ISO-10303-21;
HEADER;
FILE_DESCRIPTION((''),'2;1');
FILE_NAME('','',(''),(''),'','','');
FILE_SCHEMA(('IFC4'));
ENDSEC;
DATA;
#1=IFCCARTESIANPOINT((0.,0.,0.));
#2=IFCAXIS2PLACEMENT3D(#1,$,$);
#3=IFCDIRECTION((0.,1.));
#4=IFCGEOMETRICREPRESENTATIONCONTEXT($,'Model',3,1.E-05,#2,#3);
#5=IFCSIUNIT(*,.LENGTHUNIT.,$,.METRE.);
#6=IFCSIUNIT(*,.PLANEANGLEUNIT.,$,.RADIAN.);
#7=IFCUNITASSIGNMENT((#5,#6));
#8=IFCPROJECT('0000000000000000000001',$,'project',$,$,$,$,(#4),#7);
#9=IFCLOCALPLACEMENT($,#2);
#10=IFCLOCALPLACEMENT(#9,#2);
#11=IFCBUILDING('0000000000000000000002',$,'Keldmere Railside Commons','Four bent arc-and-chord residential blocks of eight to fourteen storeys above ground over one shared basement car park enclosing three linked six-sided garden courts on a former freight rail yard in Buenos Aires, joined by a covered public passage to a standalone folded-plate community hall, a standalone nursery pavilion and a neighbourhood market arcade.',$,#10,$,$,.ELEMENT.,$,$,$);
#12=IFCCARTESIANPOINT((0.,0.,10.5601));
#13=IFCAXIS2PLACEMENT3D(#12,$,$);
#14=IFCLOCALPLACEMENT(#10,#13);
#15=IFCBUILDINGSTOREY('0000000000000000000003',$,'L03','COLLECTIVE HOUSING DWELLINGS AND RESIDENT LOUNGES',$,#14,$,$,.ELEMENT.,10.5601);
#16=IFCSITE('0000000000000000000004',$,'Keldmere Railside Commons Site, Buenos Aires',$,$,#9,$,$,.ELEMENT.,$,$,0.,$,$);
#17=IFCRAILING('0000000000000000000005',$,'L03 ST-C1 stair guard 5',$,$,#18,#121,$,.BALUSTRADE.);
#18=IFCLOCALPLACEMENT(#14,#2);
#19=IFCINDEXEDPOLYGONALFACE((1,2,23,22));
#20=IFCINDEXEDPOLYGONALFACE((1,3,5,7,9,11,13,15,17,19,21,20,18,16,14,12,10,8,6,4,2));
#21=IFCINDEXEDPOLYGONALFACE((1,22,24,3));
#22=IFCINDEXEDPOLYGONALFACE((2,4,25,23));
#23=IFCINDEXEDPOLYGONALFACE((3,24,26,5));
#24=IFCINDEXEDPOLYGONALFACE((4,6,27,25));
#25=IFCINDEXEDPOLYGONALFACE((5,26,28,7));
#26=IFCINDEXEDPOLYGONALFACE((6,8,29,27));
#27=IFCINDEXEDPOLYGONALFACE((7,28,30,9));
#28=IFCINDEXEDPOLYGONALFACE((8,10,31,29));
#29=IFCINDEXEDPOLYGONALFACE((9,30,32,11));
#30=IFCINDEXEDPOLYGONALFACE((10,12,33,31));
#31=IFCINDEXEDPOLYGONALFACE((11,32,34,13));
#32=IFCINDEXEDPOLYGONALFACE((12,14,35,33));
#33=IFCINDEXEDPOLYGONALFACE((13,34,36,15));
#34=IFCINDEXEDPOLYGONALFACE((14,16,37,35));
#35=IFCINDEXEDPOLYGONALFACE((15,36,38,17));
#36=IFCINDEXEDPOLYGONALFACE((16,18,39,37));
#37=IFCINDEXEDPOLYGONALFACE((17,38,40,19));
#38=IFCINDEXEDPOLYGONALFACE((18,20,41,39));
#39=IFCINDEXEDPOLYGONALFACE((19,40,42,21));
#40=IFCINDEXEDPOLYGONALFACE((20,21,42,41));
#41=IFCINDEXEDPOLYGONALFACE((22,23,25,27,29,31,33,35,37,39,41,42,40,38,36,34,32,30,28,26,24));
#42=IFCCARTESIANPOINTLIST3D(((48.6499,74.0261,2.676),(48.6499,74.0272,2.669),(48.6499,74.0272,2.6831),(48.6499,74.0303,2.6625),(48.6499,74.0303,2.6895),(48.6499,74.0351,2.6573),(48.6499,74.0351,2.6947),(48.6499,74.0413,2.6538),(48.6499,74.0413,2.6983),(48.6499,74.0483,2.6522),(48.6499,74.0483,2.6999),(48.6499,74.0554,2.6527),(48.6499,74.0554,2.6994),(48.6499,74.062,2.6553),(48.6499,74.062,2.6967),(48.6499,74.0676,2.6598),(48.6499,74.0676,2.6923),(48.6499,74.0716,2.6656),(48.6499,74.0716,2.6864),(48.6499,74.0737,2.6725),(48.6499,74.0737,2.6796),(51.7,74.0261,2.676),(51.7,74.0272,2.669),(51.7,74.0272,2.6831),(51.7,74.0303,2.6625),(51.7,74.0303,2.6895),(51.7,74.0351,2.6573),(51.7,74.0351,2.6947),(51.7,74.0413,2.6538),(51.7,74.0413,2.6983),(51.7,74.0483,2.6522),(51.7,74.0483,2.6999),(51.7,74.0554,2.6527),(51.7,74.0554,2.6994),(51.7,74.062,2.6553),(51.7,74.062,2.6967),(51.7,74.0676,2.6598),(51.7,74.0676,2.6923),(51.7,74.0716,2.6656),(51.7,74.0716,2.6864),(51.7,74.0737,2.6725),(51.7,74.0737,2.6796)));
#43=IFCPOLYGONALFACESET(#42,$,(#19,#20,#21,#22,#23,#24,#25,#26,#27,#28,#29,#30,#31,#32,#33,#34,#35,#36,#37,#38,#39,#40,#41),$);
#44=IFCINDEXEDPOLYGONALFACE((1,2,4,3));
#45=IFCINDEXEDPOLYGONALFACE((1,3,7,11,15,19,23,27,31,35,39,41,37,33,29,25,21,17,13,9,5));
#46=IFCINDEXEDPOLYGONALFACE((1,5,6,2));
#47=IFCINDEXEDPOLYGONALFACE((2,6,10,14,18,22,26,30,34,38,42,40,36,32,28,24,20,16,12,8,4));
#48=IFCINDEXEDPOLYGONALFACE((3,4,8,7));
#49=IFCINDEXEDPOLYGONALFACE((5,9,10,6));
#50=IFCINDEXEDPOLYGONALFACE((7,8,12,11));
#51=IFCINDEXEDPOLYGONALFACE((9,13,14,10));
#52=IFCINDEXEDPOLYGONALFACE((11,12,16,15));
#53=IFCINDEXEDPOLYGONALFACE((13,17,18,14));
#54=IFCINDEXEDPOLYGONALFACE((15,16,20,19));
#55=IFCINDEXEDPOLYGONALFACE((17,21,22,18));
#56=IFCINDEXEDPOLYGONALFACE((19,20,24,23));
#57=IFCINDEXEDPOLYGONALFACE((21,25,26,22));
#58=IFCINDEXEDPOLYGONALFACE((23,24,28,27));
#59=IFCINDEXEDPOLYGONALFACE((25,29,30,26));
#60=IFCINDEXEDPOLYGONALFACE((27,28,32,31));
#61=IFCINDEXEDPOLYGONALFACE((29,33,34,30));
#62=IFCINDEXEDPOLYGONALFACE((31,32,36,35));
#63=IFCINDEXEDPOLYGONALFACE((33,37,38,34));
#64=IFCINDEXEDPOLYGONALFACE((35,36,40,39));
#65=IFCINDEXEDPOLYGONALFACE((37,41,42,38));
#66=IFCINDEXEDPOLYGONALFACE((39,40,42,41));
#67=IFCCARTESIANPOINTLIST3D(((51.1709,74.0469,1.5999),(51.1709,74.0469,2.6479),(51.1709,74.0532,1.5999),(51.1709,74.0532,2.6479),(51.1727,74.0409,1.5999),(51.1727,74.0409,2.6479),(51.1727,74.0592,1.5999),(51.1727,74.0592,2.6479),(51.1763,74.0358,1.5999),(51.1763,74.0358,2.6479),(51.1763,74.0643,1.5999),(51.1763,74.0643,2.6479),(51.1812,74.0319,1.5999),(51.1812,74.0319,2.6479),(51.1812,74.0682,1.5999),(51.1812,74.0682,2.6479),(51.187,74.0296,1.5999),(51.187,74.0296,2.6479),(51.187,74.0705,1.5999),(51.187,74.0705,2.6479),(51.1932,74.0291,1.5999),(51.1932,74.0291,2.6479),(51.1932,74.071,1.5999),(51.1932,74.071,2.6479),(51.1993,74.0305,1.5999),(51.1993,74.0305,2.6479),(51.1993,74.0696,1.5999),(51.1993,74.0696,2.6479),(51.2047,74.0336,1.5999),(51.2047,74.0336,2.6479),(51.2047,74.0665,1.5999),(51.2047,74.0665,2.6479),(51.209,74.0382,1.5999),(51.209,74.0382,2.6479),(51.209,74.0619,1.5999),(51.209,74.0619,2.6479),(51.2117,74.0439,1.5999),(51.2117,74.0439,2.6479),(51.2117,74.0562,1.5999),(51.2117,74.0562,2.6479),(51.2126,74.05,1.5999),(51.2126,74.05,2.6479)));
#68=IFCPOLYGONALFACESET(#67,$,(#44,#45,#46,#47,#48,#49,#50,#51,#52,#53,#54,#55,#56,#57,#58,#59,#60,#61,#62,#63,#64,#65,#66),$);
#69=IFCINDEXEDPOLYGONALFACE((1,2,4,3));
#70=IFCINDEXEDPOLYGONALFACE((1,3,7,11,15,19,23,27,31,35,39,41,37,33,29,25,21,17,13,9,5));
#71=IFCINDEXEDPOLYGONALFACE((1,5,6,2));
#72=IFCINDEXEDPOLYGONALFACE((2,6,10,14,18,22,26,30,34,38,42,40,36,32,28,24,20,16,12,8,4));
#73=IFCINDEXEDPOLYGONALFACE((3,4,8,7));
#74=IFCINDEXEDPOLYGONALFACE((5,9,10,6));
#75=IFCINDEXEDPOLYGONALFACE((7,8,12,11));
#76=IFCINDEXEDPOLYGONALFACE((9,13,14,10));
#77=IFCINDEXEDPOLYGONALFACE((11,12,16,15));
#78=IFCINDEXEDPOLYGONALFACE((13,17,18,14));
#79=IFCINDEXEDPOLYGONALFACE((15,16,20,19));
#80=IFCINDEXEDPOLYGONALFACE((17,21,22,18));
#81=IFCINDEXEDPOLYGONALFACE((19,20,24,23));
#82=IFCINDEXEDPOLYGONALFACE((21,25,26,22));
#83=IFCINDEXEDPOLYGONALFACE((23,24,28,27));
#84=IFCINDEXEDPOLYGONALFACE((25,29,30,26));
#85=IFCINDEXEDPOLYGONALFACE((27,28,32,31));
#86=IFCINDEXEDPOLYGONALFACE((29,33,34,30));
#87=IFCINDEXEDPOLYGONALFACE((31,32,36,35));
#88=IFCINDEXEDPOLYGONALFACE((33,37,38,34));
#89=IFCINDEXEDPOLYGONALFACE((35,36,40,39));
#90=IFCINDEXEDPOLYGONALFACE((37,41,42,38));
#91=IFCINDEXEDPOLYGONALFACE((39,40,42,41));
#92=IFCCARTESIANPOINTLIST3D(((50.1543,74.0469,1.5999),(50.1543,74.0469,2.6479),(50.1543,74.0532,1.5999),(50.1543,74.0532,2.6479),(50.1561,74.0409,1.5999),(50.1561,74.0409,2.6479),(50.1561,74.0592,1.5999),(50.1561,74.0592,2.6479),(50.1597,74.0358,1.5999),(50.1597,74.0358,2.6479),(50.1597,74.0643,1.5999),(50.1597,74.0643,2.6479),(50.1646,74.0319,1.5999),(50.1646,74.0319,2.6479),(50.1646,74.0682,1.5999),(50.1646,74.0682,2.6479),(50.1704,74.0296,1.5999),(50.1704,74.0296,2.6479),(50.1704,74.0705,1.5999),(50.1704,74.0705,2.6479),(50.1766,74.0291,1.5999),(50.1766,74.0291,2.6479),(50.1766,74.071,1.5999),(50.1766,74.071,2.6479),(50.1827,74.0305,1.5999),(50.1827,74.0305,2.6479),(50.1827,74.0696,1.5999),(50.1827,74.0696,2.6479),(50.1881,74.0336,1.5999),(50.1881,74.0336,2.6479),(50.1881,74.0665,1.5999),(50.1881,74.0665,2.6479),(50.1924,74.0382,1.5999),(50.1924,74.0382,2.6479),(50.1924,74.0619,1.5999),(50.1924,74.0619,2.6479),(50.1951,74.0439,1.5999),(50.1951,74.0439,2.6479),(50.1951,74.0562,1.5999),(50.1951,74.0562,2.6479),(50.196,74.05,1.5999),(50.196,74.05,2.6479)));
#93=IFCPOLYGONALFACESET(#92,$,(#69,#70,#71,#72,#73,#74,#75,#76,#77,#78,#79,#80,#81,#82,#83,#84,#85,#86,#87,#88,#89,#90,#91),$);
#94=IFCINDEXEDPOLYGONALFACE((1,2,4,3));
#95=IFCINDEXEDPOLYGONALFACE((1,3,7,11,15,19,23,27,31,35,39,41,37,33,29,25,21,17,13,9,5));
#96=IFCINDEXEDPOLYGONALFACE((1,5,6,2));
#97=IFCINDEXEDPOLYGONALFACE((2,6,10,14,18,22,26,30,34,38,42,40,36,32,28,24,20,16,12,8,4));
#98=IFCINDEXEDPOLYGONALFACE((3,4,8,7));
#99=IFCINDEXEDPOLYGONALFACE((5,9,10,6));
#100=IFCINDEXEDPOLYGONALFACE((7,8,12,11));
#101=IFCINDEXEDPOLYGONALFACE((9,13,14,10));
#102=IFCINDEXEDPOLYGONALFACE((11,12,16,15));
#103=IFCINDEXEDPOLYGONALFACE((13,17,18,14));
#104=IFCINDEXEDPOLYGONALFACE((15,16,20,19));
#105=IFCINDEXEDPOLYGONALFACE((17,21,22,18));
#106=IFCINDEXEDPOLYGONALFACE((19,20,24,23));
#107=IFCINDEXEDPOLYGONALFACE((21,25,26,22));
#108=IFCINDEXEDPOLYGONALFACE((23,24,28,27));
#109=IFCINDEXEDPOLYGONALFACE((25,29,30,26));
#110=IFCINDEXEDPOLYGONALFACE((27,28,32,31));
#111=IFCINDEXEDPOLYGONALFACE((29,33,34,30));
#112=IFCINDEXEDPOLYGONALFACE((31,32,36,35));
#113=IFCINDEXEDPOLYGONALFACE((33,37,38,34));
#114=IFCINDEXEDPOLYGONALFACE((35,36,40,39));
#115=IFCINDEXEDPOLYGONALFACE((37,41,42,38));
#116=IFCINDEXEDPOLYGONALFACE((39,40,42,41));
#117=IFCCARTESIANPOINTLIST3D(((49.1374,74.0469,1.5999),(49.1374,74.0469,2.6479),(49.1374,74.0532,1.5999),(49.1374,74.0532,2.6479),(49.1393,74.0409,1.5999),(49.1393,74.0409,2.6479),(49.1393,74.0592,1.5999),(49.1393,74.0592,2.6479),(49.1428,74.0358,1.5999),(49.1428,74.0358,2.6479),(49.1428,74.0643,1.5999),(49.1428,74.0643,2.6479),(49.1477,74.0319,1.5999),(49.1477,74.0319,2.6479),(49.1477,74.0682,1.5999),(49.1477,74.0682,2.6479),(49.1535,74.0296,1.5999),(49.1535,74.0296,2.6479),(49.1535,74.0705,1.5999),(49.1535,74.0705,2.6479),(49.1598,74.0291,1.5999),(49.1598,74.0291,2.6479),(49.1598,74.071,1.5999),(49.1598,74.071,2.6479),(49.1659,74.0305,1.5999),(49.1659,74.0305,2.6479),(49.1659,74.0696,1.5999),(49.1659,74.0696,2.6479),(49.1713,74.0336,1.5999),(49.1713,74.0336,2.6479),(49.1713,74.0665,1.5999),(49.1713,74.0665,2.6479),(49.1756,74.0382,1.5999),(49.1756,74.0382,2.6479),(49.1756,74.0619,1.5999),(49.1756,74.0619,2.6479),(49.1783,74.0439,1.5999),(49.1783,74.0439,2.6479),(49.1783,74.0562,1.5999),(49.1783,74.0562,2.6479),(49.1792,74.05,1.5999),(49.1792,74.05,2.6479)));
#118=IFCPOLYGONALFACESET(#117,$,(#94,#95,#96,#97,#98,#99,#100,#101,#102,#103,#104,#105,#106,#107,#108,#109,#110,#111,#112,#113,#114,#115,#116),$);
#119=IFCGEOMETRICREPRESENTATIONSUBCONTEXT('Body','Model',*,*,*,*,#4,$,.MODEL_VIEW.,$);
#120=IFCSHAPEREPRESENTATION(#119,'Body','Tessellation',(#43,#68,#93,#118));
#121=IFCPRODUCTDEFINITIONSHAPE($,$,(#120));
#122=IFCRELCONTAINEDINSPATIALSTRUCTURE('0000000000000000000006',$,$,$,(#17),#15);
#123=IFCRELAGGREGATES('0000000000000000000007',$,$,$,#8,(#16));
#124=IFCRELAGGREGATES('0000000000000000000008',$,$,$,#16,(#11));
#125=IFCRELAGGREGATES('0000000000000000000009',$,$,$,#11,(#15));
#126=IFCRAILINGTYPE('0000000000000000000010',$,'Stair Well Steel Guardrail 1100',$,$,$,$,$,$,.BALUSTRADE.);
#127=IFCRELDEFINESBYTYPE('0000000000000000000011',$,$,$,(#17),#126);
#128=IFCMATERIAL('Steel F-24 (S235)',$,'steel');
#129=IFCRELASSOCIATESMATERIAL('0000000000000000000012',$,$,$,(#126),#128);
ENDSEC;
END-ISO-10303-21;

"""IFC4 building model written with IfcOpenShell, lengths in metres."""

from ifc_helpers import new_model, si_unit, direction, frame, origin, origin_2d, place, context, subcontext, project, spatial, circle, extrude, material, type_object, element, save


model = new_model("IFC4")

# Units and contexts
model_context = context("Model", 3, precision=1e-05, world=origin(), true_north=direction((0.0, 1.0)))
body_context = subcontext(model_context, "Body", "Model", "MODEL_VIEW")
ifc_project = project(units=[si_unit("LENGTHUNIT", "METRE"), si_unit("PLANEANGLEUNIT", "RADIAN")], contexts=[model_context])

# Site, building, storey
site_placement = place(None, origin())
site = spatial("IfcSite", under=ifc_project, at=site_placement, Name="Keldmere Railside Commons Site, Buenos Aires", CompositionType="ELEMENT", RefElevation=0.0)
building_placement = place(site_placement, origin())
building = spatial("IfcBuilding", under=site, at=building_placement, Name="Keldmere Railside Commons", Description="Four bent arc-and-chord residential blocks of eight to fourteen storeys above ground over one shared basement car park enclosing three linked six-sided garden courts on a former freight rail yard in Buenos Aires, joined by a covered public passage to a standalone folded-plate community hall, a standalone nursery pavilion and a neighbourhood market arcade.", CompositionType="ELEMENT")
storey_placement = place(building_placement, frame((0.0, 0.0, 10.5601)))
storey = spatial("IfcBuildingStorey", under=building, at=storey_placement, Name="L03", Description="COLLECTIVE HOUSING DWELLINGS AND RESIDENT LOUNGES", CompositionType="ELEMENT", Elevation=10.5601)

# Shared definitions
ifc_material_1 = material(Name="Steel F-24 (S235)", Category="steel")

# Railing
railing_type = type_object("IfcRailingType", Name="Stair Well Steel Guardrail 1100", PredefinedType="BALUSTRADE", material=ifc_material_1)
railing_1_placement = place(storey_placement, frame((51.7, 74.05, 1.5999)))
element("IfcRailing", 1, at=railing_1_placement, inside=storey, type_object=railing_type, Name="L03 ST-C1 stair guard 5", PredefinedType="BALUSTRADE", context=body_context, shape_type="SweptSolid", body=[
    extrude(circle(Radius=0.0239, at=origin_2d()), frame((0.0, 0.0, 1.0762), z_axis=(-1.0, 0.0, 0.0), x_axis=(0.0, -1.0, 0.0)), (0.0, 0.0, 1.0), 3.05),
    extrude(circle(Radius=0.021, at=origin_2d()), frame((-0.5083, 0.0, 0.0)), (0.0, 0.0, 1.0), 1.0481),
    extrude(circle(Radius=0.021, at=origin_2d()), frame((-1.5249, 0.0, 0.0)), (0.0, 0.0, 1.0), 1.0481),
    extrude(circle(Radius=0.021, at=origin_2d()), frame((-2.5417, 0.0, 0.0)), (0.0, 0.0, 1.0), 1.0481),
])

save(model, "model.ifc")
